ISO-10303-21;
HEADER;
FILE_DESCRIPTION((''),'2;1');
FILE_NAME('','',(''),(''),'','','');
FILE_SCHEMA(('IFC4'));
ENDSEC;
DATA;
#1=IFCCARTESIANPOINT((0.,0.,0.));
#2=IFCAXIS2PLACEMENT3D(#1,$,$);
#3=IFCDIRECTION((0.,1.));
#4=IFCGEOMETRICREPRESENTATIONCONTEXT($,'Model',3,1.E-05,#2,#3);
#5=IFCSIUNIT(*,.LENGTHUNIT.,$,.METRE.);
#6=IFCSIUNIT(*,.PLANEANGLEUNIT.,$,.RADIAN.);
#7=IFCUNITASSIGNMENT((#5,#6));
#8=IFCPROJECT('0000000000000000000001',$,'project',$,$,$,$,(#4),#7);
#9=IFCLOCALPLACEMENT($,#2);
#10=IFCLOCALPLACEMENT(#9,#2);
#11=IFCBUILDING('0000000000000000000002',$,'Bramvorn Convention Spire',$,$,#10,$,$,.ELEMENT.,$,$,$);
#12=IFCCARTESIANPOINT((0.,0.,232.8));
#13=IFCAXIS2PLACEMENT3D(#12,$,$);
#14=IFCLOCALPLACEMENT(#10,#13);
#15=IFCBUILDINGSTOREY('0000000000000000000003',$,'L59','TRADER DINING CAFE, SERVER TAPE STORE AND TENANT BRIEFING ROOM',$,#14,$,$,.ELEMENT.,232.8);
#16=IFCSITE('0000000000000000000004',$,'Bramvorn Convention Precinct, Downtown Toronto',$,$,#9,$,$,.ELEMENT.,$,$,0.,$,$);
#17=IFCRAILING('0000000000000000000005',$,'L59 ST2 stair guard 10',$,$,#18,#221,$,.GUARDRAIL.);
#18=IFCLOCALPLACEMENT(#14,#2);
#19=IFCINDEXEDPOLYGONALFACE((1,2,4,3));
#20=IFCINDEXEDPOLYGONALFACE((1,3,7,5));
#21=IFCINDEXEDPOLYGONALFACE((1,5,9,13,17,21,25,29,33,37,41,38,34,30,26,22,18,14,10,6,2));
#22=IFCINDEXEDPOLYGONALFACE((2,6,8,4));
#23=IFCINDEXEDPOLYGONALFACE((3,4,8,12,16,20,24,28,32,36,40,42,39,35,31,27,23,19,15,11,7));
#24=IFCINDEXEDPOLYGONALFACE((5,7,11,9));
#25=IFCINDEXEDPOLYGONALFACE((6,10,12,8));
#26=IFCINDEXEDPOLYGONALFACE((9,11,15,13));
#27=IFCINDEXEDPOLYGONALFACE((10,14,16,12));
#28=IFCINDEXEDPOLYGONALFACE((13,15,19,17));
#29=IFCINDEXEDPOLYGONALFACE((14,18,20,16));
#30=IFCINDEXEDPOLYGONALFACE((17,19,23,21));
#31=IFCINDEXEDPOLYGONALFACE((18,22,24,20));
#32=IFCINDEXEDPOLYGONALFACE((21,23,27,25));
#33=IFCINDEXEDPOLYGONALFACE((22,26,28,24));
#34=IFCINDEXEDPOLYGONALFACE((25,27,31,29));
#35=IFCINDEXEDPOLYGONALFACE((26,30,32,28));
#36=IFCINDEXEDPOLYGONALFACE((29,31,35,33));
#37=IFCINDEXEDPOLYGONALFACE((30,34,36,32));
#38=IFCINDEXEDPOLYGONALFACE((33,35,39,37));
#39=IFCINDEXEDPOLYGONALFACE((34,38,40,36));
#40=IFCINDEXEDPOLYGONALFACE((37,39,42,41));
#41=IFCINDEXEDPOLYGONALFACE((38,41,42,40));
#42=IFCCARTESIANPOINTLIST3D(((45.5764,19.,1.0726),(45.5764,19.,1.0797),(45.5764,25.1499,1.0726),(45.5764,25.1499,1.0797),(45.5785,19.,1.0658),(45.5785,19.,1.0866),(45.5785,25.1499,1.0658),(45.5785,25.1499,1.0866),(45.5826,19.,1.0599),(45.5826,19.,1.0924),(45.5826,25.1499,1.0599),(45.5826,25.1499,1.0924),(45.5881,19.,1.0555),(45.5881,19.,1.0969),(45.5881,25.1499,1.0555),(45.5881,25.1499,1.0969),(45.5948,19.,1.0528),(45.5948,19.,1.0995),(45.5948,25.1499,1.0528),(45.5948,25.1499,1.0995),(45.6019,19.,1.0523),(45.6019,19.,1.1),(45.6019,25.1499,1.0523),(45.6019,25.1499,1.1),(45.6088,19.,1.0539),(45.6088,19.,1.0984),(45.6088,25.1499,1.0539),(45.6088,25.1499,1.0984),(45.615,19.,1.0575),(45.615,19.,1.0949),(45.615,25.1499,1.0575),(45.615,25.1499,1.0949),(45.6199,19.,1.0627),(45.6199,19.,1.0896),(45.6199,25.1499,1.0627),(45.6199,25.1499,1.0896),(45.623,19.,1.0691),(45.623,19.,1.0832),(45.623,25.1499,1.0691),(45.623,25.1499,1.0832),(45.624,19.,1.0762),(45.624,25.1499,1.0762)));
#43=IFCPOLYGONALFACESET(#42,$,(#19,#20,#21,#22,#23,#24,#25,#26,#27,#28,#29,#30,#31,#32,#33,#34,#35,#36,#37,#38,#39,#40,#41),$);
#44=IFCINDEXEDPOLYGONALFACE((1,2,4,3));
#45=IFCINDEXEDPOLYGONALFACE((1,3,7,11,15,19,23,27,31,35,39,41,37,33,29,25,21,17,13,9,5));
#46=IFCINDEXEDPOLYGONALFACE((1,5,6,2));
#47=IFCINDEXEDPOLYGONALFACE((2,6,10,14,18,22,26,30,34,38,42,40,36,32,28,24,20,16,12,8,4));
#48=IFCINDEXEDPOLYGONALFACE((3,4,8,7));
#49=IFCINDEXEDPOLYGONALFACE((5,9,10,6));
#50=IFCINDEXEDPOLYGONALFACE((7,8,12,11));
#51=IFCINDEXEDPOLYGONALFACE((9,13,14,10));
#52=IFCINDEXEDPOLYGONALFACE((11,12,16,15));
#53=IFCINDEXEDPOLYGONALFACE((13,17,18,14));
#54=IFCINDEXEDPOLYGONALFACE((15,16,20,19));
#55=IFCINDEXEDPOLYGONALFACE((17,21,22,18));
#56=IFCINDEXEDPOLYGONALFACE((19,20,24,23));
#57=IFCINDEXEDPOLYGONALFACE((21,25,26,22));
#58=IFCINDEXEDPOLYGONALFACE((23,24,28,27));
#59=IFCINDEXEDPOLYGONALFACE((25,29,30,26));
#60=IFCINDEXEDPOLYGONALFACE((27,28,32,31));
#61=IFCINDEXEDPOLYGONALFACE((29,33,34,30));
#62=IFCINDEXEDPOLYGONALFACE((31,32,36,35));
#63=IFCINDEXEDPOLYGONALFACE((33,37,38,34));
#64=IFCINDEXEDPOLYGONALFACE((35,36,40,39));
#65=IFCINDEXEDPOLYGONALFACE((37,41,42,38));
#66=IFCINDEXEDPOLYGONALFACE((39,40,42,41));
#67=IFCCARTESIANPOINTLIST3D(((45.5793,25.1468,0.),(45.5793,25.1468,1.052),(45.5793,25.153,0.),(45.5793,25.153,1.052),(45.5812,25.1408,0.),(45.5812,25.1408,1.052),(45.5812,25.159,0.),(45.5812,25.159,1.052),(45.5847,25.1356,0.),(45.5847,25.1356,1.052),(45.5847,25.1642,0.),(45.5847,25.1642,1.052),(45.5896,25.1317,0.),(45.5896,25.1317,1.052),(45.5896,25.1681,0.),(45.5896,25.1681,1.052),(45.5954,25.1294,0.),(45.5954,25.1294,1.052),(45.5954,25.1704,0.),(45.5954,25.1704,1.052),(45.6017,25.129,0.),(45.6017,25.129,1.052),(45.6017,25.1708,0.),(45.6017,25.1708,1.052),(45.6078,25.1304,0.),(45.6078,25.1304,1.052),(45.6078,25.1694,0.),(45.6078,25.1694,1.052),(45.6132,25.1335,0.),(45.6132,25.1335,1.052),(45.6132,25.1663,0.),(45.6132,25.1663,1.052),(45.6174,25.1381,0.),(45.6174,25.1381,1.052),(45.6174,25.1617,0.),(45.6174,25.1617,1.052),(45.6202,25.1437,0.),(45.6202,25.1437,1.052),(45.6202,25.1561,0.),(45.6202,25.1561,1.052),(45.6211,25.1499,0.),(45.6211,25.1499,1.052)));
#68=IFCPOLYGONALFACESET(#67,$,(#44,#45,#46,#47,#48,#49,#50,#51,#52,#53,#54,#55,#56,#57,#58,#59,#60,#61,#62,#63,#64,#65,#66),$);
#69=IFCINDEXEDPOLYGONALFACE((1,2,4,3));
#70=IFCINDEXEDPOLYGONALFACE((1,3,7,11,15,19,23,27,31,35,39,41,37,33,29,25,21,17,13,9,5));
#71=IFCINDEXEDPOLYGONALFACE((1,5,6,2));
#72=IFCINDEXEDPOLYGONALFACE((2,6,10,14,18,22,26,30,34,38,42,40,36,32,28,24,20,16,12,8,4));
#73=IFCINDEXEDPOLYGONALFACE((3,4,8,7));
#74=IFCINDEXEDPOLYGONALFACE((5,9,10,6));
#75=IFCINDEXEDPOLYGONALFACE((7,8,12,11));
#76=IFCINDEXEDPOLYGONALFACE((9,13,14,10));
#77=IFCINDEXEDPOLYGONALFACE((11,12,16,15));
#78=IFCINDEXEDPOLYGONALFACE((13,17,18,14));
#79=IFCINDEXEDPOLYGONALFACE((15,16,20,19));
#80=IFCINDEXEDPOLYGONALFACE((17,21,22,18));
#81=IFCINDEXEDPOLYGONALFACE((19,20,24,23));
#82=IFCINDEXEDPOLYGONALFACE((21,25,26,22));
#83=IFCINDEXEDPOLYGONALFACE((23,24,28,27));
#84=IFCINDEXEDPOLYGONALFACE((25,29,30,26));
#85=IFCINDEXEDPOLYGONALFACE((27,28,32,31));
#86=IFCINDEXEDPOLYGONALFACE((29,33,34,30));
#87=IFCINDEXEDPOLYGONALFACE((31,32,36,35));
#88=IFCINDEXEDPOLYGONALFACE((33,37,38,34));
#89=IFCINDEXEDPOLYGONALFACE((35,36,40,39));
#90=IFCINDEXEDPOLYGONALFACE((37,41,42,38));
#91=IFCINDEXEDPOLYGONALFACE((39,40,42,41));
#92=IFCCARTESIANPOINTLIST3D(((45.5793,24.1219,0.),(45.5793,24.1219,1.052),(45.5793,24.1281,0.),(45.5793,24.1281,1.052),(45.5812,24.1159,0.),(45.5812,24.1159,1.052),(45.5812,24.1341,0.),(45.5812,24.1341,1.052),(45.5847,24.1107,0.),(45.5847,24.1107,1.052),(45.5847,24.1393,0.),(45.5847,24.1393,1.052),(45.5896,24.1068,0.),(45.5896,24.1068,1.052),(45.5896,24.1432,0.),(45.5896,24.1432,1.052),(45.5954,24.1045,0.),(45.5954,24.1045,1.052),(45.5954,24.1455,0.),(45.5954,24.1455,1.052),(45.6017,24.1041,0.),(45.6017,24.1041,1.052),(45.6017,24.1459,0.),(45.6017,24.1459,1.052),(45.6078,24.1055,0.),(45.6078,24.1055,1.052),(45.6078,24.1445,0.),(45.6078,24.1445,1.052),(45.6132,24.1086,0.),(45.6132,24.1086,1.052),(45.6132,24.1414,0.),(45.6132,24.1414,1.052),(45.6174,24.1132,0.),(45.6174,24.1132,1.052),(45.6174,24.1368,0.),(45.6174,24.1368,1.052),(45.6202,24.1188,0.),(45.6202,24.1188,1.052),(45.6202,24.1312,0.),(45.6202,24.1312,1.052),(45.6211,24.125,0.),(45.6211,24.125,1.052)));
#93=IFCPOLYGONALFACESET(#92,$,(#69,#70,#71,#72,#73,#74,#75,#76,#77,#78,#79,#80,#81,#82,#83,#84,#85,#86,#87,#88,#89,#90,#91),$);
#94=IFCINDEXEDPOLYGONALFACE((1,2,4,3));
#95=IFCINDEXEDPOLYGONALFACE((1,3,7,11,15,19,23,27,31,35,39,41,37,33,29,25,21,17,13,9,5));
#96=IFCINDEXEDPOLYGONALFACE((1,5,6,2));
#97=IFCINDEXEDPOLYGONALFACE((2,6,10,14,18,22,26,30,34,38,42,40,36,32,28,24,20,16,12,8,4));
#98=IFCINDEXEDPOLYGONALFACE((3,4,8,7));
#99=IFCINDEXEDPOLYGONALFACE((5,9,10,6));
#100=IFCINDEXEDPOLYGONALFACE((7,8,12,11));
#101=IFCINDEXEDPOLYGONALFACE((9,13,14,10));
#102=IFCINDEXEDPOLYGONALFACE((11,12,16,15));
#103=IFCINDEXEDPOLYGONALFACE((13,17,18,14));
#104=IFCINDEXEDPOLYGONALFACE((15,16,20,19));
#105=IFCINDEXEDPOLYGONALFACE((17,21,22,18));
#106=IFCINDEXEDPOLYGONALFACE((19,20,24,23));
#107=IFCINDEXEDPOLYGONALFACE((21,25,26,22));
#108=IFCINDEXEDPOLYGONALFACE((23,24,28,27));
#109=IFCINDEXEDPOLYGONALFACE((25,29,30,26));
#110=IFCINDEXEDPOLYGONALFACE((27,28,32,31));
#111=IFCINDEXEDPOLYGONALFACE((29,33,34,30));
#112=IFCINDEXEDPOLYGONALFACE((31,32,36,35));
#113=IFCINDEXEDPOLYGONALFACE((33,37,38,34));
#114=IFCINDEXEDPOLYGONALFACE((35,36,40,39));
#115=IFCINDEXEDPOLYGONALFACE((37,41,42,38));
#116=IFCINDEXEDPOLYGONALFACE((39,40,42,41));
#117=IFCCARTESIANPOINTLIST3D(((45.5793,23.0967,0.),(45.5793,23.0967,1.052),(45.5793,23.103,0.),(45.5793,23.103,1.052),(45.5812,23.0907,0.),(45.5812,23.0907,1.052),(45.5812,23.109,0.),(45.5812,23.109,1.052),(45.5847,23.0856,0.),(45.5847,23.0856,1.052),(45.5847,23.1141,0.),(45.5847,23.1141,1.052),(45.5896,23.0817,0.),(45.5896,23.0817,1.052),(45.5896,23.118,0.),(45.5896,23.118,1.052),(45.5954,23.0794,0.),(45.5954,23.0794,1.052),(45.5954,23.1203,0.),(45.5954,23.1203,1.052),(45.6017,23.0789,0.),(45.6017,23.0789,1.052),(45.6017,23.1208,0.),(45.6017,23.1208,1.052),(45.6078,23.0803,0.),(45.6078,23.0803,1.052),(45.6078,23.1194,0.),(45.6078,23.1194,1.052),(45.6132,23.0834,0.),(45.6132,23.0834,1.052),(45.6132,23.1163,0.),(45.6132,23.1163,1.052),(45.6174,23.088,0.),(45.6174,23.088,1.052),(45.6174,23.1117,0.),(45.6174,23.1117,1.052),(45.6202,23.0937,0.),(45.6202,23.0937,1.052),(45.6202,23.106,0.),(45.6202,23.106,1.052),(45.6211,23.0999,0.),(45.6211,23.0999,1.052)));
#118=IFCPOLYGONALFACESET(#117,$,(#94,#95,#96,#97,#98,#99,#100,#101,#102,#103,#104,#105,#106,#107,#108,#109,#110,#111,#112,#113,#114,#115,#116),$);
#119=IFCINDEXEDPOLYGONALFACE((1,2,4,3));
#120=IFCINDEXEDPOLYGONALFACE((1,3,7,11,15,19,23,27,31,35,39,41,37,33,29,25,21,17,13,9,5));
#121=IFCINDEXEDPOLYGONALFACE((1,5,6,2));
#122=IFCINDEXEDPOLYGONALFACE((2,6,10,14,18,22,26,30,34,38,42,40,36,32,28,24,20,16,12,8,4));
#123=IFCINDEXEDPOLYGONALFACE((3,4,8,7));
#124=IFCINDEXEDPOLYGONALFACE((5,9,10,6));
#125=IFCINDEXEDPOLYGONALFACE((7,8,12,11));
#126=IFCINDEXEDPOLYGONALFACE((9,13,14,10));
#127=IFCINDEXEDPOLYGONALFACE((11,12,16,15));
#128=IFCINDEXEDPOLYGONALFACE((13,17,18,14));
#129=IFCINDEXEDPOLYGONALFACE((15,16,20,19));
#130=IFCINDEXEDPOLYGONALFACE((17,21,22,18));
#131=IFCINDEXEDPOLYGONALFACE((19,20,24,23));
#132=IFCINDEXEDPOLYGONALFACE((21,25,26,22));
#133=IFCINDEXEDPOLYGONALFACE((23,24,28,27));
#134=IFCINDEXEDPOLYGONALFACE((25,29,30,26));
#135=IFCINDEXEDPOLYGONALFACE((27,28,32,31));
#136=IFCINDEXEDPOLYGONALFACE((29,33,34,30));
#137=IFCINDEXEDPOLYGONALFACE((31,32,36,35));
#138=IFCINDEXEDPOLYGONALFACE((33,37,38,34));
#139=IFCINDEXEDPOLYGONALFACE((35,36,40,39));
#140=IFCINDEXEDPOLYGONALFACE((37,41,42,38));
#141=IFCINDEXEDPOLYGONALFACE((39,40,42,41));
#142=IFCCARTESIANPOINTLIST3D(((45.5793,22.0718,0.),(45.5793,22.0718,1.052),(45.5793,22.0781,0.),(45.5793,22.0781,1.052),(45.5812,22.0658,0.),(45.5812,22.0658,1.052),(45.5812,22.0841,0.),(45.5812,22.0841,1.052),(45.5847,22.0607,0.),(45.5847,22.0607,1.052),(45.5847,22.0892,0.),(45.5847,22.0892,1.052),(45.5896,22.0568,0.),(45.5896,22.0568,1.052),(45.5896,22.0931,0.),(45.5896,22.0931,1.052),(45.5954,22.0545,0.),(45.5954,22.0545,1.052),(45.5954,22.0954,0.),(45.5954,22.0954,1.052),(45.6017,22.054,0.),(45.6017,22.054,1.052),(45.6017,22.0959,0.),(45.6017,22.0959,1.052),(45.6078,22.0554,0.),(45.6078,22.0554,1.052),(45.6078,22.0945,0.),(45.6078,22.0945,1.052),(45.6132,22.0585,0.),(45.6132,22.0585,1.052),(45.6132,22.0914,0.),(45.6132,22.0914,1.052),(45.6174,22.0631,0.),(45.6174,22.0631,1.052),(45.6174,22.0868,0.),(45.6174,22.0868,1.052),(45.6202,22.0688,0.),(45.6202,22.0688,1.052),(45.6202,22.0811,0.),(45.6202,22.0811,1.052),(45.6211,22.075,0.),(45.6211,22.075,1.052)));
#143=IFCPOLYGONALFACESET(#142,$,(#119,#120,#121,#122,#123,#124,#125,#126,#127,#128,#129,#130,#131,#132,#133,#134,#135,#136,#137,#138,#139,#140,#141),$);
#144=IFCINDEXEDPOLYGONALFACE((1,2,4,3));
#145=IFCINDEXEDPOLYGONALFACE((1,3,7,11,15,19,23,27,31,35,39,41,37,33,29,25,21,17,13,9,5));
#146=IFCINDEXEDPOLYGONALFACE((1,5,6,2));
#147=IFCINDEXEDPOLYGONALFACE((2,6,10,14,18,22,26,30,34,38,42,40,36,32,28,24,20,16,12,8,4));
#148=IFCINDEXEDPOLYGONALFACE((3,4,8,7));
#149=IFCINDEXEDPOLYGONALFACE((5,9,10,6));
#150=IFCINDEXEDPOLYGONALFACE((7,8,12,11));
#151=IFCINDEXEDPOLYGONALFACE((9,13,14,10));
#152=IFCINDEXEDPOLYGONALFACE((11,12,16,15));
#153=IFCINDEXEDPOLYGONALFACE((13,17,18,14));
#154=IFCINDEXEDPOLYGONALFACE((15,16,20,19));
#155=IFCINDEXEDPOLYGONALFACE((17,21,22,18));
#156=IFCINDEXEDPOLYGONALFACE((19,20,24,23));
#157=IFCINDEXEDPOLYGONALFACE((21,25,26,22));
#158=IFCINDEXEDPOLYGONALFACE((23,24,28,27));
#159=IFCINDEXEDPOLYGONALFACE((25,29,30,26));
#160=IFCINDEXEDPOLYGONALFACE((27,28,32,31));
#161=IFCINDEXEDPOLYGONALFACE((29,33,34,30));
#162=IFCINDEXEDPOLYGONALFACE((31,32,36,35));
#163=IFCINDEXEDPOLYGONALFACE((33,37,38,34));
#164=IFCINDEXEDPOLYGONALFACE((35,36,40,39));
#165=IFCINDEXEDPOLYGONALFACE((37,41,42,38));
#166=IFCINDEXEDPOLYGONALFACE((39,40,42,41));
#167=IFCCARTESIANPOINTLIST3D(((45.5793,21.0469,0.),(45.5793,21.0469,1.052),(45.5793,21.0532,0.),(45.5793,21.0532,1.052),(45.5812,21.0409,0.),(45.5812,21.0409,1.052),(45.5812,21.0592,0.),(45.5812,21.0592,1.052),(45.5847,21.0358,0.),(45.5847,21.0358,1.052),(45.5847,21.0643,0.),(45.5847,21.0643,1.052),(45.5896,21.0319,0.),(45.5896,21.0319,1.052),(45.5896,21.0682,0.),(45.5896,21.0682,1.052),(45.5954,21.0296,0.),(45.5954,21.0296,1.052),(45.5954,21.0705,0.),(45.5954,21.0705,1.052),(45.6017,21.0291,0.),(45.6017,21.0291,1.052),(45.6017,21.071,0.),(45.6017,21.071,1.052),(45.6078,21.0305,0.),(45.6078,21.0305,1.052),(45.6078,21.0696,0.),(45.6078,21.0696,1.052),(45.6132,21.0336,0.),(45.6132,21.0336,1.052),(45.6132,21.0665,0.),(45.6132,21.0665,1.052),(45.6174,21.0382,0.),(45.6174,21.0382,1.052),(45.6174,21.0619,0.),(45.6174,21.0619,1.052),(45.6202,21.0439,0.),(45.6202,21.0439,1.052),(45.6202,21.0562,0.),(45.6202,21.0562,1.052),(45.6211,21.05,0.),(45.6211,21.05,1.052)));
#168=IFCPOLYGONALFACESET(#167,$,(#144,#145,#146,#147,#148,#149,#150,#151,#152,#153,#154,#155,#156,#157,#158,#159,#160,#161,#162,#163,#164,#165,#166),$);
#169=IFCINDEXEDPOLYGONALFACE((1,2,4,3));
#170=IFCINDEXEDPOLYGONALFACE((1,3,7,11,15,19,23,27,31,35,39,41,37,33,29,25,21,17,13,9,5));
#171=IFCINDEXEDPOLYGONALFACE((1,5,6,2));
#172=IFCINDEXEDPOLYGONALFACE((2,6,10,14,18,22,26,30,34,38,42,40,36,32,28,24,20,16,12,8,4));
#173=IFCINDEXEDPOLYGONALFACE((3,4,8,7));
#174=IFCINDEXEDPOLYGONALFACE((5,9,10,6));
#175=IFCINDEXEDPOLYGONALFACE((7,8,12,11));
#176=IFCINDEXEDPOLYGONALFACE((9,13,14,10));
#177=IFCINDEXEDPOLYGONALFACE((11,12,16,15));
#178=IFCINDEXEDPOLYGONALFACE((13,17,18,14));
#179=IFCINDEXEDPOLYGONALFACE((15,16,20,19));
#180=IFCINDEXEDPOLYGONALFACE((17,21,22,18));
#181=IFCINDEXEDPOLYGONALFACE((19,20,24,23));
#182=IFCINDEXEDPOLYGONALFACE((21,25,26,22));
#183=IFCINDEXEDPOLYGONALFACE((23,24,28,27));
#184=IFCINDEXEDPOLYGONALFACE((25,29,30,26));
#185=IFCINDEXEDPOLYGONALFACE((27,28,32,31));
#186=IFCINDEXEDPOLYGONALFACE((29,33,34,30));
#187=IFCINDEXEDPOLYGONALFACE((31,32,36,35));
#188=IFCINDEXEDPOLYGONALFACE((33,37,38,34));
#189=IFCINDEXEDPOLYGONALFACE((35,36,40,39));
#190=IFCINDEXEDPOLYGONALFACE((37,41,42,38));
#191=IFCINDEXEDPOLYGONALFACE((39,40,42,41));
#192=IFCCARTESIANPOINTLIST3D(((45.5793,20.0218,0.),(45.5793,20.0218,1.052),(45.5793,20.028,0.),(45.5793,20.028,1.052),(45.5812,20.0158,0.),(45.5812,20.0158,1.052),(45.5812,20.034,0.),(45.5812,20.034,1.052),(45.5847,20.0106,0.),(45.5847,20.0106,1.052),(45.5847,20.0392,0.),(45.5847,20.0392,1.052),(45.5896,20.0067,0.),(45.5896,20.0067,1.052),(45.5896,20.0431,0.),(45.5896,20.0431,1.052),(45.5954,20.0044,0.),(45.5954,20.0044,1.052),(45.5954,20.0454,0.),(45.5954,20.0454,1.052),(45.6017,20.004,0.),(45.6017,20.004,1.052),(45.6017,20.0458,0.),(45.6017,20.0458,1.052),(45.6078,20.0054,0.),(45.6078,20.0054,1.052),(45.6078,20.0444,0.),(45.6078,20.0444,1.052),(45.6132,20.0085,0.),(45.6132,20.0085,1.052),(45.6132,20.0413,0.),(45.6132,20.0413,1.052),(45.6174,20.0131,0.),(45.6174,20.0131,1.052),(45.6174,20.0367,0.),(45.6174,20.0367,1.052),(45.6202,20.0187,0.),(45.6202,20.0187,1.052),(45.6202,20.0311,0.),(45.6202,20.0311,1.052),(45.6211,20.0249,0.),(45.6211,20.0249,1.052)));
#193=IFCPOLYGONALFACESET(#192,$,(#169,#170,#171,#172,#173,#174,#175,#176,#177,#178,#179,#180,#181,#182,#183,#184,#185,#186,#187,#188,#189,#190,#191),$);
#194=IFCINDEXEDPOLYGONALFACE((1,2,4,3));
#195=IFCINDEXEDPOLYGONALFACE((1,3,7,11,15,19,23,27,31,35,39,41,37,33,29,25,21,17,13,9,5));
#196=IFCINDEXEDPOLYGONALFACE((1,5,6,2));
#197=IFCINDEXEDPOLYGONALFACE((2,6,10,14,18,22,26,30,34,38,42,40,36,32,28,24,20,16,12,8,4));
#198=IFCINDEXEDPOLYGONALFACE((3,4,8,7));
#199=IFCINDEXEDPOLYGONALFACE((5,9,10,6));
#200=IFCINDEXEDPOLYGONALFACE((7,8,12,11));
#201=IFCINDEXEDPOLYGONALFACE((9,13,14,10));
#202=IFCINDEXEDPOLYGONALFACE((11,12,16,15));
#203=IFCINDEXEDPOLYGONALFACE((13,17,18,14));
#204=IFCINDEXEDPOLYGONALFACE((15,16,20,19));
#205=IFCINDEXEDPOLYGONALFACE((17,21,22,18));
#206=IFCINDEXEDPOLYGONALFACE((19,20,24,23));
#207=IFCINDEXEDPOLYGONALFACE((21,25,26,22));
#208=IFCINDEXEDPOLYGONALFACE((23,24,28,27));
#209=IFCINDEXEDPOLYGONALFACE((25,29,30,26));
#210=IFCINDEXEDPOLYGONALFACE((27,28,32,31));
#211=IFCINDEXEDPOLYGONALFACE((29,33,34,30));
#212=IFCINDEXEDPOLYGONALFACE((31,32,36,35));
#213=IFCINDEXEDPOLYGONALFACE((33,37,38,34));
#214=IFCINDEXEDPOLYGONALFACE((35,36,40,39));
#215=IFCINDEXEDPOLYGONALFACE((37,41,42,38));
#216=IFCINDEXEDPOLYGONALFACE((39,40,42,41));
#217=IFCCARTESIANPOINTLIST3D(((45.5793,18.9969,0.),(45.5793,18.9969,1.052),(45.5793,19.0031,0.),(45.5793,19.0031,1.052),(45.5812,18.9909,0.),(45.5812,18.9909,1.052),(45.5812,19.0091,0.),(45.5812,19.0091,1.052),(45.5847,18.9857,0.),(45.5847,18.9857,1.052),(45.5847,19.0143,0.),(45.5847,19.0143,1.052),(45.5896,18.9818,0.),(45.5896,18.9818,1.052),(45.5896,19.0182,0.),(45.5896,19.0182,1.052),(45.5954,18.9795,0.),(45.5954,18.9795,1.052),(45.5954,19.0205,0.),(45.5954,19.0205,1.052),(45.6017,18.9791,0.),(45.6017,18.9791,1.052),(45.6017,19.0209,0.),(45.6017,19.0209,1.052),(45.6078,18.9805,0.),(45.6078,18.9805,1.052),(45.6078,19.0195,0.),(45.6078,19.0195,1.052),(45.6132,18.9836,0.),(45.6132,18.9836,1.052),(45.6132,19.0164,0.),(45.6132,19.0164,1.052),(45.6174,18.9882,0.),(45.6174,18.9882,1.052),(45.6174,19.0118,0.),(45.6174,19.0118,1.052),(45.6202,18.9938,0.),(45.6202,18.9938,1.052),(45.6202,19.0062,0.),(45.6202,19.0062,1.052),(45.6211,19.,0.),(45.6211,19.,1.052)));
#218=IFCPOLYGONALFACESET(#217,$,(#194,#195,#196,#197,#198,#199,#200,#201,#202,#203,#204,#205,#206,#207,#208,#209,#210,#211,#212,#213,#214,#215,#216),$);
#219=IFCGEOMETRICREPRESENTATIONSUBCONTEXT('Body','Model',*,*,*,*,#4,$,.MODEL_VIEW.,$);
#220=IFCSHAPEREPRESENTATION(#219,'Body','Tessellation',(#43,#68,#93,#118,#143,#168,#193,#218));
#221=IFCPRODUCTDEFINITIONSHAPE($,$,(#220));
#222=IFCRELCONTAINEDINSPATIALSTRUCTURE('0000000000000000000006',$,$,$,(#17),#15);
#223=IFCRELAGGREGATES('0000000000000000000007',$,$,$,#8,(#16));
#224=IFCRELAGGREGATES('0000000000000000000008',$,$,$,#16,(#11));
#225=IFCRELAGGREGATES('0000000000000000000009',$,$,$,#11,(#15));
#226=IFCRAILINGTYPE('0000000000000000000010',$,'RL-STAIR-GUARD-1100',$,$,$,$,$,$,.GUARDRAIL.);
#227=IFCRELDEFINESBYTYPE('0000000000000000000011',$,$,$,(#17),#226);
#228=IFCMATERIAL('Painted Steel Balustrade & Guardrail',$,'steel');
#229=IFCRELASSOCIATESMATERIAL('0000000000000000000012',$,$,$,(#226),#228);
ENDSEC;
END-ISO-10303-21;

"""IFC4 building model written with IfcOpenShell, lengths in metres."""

from ifc_helpers import new_model, si_unit, direction, frame, origin, origin_2d, place, context, subcontext, project, spatial, circle, extrude, material, type_object, element, save


model = new_model("IFC4")

# Units and contexts
model_context = context("Model", 3, precision=1e-05, world=origin(), true_north=direction((0.0, 1.0)))
body_context = subcontext(model_context, "Body", "Model", "MODEL_VIEW")
ifc_project = project(units=[si_unit("LENGTHUNIT", "METRE"), si_unit("PLANEANGLEUNIT", "RADIAN")], contexts=[model_context])

# Site, building, storey
site_placement = place(None, origin())
site = spatial("IfcSite", under=ifc_project, at=site_placement, Name="Bramvorn Convention Precinct, Downtown Toronto", CompositionType="ELEMENT", RefElevation=0.0)
building_placement = place(site_placement, origin())
building = spatial("IfcBuilding", under=site, at=building_placement, Name="Bramvorn Convention Spire", CompositionType="ELEMENT")
storey_placement = place(building_placement, frame((0.0, 0.0, 232.8)))
storey = spatial("IfcBuildingStorey", under=building, at=storey_placement, Name="L59", Description="TRADER DINING CAFE, SERVER TAPE STORE AND TENANT BRIEFING ROOM", CompositionType="ELEMENT", Elevation=232.8)

# Railing
ifc_material_1 = material(Name="Painted Steel Balustrade & Guardrail", Category="steel")
railing_type_1 = type_object("IfcRailingType", Name="RL-STAIR-GUARD-1100", PredefinedType="GUARDRAIL", material=ifc_material_1)
railing_1_placement = place(storey_placement, frame((45.6001, 25.1499, 0.0)))
element("IfcRailing", 1, at=railing_1_placement, inside=storey, type_object=railing_type_1, Name="L59 ST2 stair guard 10", PredefinedType="GUARDRAIL", context=body_context, shape_type="SweptSolid", body=[
    extrude(circle(Radius=0.0239, at=origin_2d()), frame((0.0, 0.0, 1.0762), z_axis=(0.0, -1.0, 0.0), x_axis=(1.0, 0.0, 0.0)), (0.0, 0.0, 1.0), 6.1499),
    extrude(circle(Radius=0.021, at=origin_2d()), origin(), (0.0, 0.0, 1.0), 1.052),
    extrude(circle(Radius=0.021, at=origin_2d()), frame((0.0, -1.0249, 0.0)), (0.0, 0.0, 1.0), 1.052),
    extrude(circle(Radius=0.021, at=origin_2d()), frame((0.0, -2.05, 0.0)), (0.0, 0.0, 1.0), 1.052),
    extrude(circle(Radius=0.021, at=origin_2d()), frame((0.0, -3.075, 0.0)), (0.0, 0.0, 1.0), 1.052),
    extrude(circle(Radius=0.021, at=origin_2d()), frame((0.0, -4.0999, 0.0)), (0.0, 0.0, 1.0), 1.052),
    extrude(circle(Radius=0.021, at=origin_2d()), frame((0.0, -5.125, 0.0)), (0.0, 0.0, 1.0), 1.052),
    extrude(circle(Radius=0.021, at=origin_2d()), frame((0.0, -6.1499, 0.0)), (0.0, 0.0, 1.0), 1.052),
])

save(model, "model.ifc")
